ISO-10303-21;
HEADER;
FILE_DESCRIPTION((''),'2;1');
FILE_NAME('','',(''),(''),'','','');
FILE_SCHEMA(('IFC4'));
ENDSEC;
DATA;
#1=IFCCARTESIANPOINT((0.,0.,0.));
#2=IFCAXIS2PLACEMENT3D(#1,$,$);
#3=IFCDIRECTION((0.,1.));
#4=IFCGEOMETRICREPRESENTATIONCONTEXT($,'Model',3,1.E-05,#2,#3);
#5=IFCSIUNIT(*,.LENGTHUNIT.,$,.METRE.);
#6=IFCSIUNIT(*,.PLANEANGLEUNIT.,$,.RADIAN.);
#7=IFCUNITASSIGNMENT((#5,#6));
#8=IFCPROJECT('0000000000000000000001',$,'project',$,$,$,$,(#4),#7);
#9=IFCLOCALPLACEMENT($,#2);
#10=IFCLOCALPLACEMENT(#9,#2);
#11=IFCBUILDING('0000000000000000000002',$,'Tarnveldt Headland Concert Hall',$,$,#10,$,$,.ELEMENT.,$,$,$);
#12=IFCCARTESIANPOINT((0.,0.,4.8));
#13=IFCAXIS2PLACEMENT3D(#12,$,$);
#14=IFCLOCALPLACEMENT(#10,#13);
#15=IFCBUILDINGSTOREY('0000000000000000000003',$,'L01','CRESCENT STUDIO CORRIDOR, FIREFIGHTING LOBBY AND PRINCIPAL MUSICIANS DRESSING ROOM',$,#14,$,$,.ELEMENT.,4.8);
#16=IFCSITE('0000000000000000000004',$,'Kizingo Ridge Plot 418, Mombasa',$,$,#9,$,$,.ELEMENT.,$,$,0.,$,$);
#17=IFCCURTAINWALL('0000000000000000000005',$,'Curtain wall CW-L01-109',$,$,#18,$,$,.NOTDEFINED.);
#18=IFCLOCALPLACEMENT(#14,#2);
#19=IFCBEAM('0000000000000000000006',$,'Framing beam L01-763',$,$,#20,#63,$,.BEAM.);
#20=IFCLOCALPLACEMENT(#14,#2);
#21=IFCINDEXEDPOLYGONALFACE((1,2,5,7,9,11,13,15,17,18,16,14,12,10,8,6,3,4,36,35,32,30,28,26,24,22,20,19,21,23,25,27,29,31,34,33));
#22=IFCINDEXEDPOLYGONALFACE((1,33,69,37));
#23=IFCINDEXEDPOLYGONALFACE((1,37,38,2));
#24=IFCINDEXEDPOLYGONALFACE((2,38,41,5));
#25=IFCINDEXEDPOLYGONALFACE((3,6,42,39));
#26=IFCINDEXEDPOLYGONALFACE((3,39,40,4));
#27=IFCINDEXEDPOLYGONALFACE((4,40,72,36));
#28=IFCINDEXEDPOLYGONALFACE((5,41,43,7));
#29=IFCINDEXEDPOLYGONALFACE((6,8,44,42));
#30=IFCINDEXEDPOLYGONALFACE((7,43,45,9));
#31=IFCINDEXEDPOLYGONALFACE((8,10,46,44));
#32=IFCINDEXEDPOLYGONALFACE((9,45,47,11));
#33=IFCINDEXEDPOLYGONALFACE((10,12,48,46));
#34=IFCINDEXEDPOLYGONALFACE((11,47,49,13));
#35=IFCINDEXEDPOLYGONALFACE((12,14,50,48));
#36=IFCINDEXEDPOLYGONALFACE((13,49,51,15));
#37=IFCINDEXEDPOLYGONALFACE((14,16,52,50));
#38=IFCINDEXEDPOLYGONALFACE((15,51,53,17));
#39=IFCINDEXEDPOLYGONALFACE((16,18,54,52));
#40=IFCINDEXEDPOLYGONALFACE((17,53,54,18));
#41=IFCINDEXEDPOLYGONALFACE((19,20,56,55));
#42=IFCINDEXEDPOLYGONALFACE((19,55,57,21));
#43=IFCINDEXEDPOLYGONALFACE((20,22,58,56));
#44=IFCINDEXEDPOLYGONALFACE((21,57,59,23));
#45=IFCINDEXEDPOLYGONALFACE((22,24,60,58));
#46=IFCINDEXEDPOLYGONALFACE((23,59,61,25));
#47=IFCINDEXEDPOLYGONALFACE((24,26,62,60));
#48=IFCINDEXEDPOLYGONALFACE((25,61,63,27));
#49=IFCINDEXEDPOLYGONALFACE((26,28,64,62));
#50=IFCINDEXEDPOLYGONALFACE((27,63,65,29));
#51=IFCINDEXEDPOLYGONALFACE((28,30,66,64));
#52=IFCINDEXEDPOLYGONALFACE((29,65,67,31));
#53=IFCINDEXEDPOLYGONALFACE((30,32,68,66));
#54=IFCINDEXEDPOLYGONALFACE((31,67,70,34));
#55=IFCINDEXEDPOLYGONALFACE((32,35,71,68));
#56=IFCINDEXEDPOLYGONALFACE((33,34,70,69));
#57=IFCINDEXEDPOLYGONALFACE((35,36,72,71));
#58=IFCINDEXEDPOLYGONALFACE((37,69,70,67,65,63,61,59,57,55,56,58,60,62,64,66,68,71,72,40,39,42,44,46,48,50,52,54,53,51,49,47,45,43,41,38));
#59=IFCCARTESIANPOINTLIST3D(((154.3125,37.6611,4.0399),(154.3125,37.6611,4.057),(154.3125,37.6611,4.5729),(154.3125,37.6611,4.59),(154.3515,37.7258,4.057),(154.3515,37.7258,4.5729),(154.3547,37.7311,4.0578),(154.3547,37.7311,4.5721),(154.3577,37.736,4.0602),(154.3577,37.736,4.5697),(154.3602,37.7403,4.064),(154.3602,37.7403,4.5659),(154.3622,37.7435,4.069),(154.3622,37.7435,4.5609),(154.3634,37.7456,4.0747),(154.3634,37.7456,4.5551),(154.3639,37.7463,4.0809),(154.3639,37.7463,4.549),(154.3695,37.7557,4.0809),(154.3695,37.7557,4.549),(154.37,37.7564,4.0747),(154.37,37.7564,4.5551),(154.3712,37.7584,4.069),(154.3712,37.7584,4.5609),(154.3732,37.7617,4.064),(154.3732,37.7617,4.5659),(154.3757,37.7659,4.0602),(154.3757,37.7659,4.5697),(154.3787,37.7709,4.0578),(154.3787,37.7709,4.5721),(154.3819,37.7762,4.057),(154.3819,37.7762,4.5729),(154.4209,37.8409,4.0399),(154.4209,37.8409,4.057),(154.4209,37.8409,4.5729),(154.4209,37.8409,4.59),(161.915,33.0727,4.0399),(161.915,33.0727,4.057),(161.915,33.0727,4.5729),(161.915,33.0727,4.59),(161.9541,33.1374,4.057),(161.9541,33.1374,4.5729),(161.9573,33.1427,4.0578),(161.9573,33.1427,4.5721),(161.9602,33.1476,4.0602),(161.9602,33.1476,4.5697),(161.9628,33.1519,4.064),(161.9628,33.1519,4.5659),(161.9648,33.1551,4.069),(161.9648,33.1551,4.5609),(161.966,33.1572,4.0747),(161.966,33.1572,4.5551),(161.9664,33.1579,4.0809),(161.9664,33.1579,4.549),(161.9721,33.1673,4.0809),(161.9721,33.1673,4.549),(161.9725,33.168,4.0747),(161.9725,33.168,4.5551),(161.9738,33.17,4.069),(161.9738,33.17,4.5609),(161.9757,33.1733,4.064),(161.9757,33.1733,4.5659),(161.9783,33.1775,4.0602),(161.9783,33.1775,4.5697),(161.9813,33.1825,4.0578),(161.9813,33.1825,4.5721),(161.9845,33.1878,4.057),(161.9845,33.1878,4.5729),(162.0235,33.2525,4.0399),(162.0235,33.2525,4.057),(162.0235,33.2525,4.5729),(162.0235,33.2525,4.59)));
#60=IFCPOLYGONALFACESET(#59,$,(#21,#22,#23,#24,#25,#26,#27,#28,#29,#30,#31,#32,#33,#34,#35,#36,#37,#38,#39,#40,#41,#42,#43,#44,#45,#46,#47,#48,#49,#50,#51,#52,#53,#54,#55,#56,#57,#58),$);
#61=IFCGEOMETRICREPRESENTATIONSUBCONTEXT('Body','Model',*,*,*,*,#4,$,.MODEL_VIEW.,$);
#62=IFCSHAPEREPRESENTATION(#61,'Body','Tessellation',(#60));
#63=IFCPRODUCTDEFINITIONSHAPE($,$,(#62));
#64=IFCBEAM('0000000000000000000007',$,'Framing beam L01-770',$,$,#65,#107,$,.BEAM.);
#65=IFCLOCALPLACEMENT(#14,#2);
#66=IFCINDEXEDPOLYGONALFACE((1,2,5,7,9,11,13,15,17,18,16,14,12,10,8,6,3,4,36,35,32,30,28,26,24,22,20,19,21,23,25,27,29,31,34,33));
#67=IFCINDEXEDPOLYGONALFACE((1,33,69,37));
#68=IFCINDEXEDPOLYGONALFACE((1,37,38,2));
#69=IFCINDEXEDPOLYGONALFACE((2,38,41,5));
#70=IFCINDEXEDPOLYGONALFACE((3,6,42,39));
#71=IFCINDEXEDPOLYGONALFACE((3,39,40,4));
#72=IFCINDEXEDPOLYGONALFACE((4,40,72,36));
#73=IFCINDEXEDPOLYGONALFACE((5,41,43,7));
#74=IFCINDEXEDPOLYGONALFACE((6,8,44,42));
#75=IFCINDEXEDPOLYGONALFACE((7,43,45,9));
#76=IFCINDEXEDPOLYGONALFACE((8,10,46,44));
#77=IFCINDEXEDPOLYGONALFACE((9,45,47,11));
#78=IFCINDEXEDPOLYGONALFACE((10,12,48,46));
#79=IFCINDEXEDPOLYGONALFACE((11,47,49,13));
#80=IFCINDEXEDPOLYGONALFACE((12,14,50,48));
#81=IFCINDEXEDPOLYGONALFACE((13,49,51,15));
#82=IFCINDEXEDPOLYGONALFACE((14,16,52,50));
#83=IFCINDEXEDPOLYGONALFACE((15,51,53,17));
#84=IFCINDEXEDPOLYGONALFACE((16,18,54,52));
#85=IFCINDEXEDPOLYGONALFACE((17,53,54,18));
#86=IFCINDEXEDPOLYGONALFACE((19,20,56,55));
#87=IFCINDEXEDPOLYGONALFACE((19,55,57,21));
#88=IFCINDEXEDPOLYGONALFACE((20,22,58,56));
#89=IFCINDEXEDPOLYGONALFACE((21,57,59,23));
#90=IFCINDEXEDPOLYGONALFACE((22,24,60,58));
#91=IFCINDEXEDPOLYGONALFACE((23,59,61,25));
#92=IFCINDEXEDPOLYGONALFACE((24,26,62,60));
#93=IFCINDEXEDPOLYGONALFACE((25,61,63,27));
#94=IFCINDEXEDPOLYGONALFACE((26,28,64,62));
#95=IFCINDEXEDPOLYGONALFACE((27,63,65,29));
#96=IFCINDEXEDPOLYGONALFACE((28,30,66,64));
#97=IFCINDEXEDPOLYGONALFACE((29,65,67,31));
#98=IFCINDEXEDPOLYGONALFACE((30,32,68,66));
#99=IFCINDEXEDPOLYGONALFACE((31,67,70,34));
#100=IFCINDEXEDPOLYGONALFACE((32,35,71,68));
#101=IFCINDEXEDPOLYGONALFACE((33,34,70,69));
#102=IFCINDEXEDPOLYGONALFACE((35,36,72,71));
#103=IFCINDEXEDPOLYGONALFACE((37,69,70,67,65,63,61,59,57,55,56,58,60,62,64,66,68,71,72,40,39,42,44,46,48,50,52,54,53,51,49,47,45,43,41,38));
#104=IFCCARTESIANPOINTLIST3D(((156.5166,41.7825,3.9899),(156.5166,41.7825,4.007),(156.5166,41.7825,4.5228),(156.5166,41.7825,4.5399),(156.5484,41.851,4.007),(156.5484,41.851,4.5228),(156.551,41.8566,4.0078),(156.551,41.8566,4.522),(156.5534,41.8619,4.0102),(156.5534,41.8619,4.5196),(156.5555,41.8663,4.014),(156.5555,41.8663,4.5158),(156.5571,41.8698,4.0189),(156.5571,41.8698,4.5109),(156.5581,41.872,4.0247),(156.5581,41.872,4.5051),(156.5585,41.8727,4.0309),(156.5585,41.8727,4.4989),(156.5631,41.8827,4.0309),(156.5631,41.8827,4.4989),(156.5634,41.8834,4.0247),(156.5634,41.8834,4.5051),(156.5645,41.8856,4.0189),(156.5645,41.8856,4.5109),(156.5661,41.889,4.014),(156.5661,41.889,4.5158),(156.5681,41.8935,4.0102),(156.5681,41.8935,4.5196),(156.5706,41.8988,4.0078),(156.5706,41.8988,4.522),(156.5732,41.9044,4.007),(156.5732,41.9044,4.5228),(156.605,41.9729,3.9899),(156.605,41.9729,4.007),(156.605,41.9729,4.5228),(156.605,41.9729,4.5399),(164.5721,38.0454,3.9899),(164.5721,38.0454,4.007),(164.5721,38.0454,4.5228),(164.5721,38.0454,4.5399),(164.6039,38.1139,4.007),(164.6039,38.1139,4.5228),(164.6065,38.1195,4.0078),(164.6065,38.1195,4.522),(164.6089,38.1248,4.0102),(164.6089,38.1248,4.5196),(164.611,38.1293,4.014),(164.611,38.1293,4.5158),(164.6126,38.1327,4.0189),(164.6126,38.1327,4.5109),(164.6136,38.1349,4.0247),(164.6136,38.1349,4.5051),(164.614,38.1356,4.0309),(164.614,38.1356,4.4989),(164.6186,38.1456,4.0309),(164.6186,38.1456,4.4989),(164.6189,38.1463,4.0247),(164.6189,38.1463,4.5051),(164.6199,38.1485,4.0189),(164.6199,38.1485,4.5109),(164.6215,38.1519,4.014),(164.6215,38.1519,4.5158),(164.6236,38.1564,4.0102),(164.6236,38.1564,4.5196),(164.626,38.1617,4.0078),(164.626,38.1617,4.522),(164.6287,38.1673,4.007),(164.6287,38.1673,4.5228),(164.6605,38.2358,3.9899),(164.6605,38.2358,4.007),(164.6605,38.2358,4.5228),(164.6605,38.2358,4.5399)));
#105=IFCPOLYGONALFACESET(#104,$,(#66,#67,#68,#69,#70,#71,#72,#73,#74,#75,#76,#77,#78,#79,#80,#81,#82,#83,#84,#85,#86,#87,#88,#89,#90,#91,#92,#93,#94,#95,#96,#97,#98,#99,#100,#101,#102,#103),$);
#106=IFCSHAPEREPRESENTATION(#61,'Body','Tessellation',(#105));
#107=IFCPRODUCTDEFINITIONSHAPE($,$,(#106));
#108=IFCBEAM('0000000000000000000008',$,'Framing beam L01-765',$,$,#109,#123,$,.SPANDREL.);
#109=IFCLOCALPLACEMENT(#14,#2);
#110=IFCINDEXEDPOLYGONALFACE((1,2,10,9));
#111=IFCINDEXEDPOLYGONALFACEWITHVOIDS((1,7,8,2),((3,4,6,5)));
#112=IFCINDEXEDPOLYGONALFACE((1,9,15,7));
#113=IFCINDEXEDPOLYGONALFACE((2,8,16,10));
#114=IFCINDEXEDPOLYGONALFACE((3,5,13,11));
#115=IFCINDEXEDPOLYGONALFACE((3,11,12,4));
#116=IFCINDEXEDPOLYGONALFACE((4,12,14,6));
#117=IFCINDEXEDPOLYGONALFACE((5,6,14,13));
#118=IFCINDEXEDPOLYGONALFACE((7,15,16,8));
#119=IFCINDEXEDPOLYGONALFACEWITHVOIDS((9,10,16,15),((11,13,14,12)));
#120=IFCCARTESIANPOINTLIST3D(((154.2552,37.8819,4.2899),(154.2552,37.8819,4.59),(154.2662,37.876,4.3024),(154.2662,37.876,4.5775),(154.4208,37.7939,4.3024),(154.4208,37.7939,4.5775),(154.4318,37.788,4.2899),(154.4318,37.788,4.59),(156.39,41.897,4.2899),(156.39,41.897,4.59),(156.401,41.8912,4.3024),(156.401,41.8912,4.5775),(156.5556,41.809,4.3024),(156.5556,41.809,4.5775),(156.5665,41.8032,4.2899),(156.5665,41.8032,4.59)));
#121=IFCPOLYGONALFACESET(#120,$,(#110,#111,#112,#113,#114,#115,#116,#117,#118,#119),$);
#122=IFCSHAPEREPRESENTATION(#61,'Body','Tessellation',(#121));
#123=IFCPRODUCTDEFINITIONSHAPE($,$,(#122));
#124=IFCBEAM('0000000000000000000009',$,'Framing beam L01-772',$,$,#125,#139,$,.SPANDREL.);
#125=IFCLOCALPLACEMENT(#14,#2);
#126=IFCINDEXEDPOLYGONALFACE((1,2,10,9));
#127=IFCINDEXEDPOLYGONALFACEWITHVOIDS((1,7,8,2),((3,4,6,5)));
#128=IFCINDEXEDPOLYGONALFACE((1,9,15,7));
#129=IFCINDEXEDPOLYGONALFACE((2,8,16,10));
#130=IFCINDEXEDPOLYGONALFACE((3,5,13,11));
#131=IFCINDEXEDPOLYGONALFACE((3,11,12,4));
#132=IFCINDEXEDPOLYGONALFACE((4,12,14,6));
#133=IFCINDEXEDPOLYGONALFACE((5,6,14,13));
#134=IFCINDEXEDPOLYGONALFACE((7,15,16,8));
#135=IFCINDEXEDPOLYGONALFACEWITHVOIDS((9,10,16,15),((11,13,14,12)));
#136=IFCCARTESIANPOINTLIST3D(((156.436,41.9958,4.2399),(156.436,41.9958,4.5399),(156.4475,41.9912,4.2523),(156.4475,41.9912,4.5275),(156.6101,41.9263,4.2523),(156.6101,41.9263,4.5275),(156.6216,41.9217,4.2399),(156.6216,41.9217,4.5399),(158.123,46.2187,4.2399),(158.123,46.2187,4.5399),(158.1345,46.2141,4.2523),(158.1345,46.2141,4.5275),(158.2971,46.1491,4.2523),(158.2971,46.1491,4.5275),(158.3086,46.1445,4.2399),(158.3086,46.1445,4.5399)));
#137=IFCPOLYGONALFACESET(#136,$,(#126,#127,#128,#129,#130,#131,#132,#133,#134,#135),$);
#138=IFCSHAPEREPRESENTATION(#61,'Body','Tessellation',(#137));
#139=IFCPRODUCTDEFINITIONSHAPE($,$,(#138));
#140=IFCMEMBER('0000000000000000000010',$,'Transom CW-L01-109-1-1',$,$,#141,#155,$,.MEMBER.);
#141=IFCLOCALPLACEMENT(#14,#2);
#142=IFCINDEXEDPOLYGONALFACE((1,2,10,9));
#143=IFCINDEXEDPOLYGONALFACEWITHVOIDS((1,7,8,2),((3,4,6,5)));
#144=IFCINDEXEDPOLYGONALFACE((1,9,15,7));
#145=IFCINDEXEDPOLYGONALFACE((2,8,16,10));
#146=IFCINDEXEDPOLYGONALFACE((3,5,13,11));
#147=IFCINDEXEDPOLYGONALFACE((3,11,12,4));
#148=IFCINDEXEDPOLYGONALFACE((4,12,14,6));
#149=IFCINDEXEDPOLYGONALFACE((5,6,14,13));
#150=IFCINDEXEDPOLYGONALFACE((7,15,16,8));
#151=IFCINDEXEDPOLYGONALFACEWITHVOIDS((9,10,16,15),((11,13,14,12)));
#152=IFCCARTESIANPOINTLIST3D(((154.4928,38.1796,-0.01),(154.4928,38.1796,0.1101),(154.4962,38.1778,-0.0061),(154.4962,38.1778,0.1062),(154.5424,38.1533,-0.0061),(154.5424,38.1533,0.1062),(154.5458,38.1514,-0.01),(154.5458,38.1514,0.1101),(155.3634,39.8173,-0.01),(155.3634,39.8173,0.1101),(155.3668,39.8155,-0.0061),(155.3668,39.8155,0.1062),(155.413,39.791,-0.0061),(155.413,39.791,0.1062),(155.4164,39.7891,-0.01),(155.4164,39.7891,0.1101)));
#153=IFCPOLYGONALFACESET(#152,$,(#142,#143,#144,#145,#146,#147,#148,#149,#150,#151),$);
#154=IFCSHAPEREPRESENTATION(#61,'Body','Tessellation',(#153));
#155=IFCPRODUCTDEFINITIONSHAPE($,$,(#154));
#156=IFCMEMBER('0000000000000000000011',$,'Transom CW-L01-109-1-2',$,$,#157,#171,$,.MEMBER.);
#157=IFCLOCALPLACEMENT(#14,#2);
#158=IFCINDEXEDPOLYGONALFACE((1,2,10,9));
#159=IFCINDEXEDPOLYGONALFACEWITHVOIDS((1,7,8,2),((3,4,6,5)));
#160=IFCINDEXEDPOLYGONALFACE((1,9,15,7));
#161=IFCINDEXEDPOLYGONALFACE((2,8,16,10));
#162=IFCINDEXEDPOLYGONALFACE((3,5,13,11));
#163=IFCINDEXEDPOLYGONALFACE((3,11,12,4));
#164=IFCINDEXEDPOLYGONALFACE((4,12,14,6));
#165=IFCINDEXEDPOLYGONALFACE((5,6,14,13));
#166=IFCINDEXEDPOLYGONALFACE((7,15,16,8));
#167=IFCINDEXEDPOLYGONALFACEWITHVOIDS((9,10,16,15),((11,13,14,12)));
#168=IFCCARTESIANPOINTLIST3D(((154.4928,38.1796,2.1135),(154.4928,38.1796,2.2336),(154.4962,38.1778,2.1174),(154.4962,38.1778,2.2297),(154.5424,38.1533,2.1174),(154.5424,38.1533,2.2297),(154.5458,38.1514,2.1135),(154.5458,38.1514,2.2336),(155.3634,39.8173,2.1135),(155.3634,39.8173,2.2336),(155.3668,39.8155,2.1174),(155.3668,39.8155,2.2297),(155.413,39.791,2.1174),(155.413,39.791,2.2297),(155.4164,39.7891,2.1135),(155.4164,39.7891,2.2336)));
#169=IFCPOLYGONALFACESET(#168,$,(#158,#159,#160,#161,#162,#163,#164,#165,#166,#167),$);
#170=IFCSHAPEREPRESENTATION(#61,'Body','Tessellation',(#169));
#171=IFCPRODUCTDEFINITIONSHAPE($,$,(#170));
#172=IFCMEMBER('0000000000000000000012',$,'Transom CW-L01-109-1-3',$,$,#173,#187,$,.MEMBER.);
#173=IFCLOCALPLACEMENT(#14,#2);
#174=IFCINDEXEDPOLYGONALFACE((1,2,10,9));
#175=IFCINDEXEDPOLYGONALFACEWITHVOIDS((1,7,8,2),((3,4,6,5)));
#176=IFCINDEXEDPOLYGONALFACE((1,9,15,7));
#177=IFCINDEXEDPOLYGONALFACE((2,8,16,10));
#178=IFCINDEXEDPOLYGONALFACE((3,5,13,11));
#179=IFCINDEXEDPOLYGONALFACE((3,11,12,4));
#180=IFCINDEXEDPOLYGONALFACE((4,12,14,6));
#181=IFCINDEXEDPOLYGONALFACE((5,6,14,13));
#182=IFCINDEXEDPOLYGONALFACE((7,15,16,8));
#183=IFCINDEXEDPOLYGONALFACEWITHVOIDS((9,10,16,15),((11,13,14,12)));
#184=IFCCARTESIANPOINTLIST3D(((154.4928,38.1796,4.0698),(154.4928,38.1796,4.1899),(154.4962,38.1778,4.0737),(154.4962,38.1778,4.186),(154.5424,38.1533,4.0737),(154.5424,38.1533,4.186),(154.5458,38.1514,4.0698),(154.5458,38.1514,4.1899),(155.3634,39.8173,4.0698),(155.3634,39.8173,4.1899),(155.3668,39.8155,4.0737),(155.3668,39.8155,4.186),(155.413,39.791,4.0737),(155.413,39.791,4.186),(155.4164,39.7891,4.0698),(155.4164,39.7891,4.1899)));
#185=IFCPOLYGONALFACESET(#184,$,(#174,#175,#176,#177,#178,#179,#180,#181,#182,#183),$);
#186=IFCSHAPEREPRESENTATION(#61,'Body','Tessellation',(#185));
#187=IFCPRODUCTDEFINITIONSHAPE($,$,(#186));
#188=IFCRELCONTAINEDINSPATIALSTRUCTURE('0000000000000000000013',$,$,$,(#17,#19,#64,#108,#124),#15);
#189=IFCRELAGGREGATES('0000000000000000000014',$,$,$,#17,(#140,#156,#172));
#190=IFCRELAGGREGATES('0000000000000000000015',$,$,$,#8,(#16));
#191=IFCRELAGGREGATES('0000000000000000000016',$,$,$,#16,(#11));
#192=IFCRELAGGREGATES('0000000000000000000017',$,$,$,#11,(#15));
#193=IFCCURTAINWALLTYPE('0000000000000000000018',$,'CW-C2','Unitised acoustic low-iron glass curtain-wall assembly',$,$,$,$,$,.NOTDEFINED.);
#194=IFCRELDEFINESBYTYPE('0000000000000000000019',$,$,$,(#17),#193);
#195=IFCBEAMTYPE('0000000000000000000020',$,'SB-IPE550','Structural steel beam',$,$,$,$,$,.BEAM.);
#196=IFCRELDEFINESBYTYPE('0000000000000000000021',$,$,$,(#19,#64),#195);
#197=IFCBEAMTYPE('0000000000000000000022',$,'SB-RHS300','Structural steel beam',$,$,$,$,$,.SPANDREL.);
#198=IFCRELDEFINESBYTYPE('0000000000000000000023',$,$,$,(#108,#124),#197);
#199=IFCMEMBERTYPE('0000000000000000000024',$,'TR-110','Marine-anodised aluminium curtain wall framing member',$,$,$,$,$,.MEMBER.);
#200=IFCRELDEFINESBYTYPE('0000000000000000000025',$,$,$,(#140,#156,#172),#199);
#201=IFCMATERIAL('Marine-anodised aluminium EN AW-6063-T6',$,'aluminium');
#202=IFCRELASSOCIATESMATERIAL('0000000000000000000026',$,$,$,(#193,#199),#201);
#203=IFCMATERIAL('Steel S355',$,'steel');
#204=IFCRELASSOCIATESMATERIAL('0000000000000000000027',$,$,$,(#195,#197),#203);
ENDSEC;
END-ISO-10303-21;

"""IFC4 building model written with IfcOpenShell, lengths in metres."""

from ifc_helpers import new_model, si_unit, direction, frame, origin, origin_2d, place, context, subcontext, project, spatial, hollow_rectangle, i_section, extrude, material, material_profile, profile_set, type_object, element, aggregate, save


model = new_model("IFC4")

# Units and contexts
model_context = context("Model", 3, precision=1e-05, world=origin(), true_north=direction((0.0, 1.0)))
body_context = subcontext(model_context, "Body", "Model", "MODEL_VIEW")
ifc_project = project(units=[si_unit("LENGTHUNIT", "METRE"), si_unit("PLANEANGLEUNIT", "RADIAN")], contexts=[model_context])

# Site, building, storey
site_placement = place(None, origin())
site = spatial("IfcSite", under=ifc_project, at=site_placement, Name="Kizingo Ridge Plot 418, Mombasa", CompositionType="ELEMENT", RefElevation=0.0)
building_placement = place(site_placement, origin())
building = spatial("IfcBuilding", under=site, at=building_placement, Name="Tarnveldt Headland Concert Hall", CompositionType="ELEMENT")
storey_placement = place(building_placement, frame((0.0, 0.0, 4.8)))
storey = spatial("IfcBuildingStorey", under=building, at=storey_placement, Name="L01", Description="CRESCENT STUDIO CORRIDOR, FIREFIGHTING LOBBY AND PRINCIPAL MUSICIANS DRESSING ROOM", CompositionType="ELEMENT", Elevation=4.8)

# Curtain wall
ifc_material_1 = material(Name="Marine-anodised aluminium EN AW-6063-T6", Category="aluminium")
curtain_wall_type = type_object("IfcCurtainWallType", Name="CW-C2", Description="Unitised acoustic low-iron glass curtain-wall assembly", PredefinedType="NOTDEFINED", material=ifc_material_1)
curtain_wall_1_placement = place(storey_placement, origin())
curtain_wall_1 = element("IfcCurtainWall", 1, at=curtain_wall_1_placement, inside=storey, type_object=curtain_wall_type, Name="Curtain wall CW-L01-109", PredefinedType="NOTDEFINED")

# Beams
ifc_material_2 = material(Name="Steel S355", Category="steel")
ifc_material_profile_1 = material_profile(ifc_material_2, i_section(OverallWidth=0.21, OverallDepth=0.55, WebThickness=0.011, FlangeThickness=0.0171, FilletRadius=0.0239, at=origin_2d()), Name="IPE550", Category="steel")
ifc_profile_set_1 = profile_set([ifc_material_profile_1], Name="Steel S355")
beam_type_1 = type_object("IfcBeamType", Name="SB-IPE550", Description="Structural steel beam", PredefinedType="BEAM", material=ifc_profile_set_1)
beam_1_placement = place(storey_placement, frame((154.3667, 37.751, 4.3149), z_axis=(0.856156, -0.516718, 0.0), x_axis=(0.516718, 0.856156, 0.0)))
element("IfcBeam", 2, at=beam_1_placement, inside=storey, type_object=beam_type_1, Name="Framing beam L01-763", PredefinedType="BEAM", context=body_context, shape_type="SweptSolid", body=[
    extrude(i_section(OverallWidth=0.21, OverallDepth=0.55, WebThickness=0.011, FlangeThickness=0.0171, FilletRadius=0.0239, at=origin_2d()), origin(), (0.0, 0.0, 1.0), 8.8799),
])
beam_2_placement = place(storey_placement, frame((156.5608, 41.8777, 4.2649), z_axis=(0.907136, -0.420837, 0.0), x_axis=(0.420837, 0.907136, 0.0)))
element("IfcBeam", 3, at=beam_2_placement, inside=storey, type_object=beam_type_1, Name="Framing beam L01-770", PredefinedType="BEAM", context=body_context, shape_type="SweptSolid", body=[
    extrude(i_section(OverallWidth=0.21, OverallDepth=0.55, WebThickness=0.011, FlangeThickness=0.0171, FilletRadius=0.0239, at=origin_2d()), origin(), (0.0, 0.0, 1.0), 8.8801),
])
ifc_material_profile_2 = material_profile(ifc_material_2, hollow_rectangle(XDim=0.2, YDim=0.3, WallThickness=0.0125, at=origin_2d()), Name="RHS 300x200x12.5", Category="steel")
ifc_profile_set_2 = profile_set([ifc_material_profile_2], Name="Steel S355")
beam_type_2 = type_object("IfcBeamType", Name="SB-RHS300", Description="Structural steel beam", PredefinedType="SPANDREL", material=ifc_profile_set_2)
for number, where, z_axis, x_axis, name in (
    (4, (154.3435, 37.835, 4.4399), (0.469451, 0.882959, 0.0), (-0.882959, 0.469451, 0.0), "Framing beam L01-765"),
    (5, (156.5288, 41.9587, 4.3899), (0.370983, 0.92864, 0.0), (-0.92864, 0.370983, 0.0), "Framing beam L01-772"),
):
    element("IfcBeam", number, at=place(storey_placement, frame(where, z_axis=z_axis, x_axis=x_axis)), inside=storey, type_object=beam_type_2, Name=name, PredefinedType="SPANDREL", context=body_context, shape_type="SweptSolid", body=[
        extrude(hollow_rectangle(XDim=0.2, YDim=0.3, WallThickness=0.0125, at=origin_2d()), origin(), (0.0, 0.0, 1.0), 4.5474),
    ])

# Members
ifc_material_profile_3 = material_profile(ifc_material_1, hollow_rectangle(XDim=0.0601, YDim=0.1201, WallThickness=0.0039, at=origin_2d()), Name="ALU TRANSOM 60x120x4", Category="aluminium")
ifc_profile_set_3 = profile_set([ifc_material_profile_3], Name="Marine-anodised aluminium EN AW-6063-T6")
member_type_1 = type_object("IfcMemberType", Name="TR-110", Description="Marine-anodised aluminium curtain wall framing member", PredefinedType="MEMBER", material=ifc_profile_set_3)
member_1_placement = place(storey_placement, frame((154.5193, 38.1655, 0.05), z_axis=(0.469399, 0.882986, 0.0), x_axis=(-0.882986, 0.469399, 0.0)))
member_1 = element("IfcMember", 6, at=member_1_placement, type_object=member_type_1, Name="Transom CW-L01-109-1-1", PredefinedType="MEMBER", context=body_context, shape_type="SweptSolid", body=[
    extrude(hollow_rectangle(XDim=0.0601, YDim=0.1201, WallThickness=0.0039, at=origin_2d()), origin(), (0.0, 0.0, 1.0), 1.8547),
])
member_2_placement = place(storey_placement, frame((154.5193, 38.1655, 2.1736), z_axis=(0.469399, 0.882986, 0.0), x_axis=(-0.882986, 0.469399, 0.0)))
member_2 = element("IfcMember", 7, at=member_2_placement, type_object=member_type_1, Name="Transom CW-L01-109-1-2", PredefinedType="MEMBER", context=body_context, shape_type="SweptSolid", body=[
    extrude(hollow_rectangle(XDim=0.0601, YDim=0.1201, WallThickness=0.0039, at=origin_2d()), origin(), (0.0, 0.0, 1.0), 1.8547),
])
member_3_placement = place(storey_placement, frame((154.5193, 38.1655, 4.1299), z_axis=(0.469399, 0.882986, 0.0), x_axis=(-0.882986, 0.469399, 0.0)))
member_3 = element("IfcMember", 8, at=member_3_placement, type_object=member_type_1, Name="Transom CW-L01-109-1-3", PredefinedType="MEMBER", context=body_context, shape_type="SweptSolid", body=[
    extrude(hollow_rectangle(XDim=0.0601, YDim=0.1201, WallThickness=0.0039, at=origin_2d()), origin(), (0.0, 0.0, 1.0), 1.8547),
])

aggregate(curtain_wall_1, [member_1, member_2, member_3])

save(model, "model.ifc")
